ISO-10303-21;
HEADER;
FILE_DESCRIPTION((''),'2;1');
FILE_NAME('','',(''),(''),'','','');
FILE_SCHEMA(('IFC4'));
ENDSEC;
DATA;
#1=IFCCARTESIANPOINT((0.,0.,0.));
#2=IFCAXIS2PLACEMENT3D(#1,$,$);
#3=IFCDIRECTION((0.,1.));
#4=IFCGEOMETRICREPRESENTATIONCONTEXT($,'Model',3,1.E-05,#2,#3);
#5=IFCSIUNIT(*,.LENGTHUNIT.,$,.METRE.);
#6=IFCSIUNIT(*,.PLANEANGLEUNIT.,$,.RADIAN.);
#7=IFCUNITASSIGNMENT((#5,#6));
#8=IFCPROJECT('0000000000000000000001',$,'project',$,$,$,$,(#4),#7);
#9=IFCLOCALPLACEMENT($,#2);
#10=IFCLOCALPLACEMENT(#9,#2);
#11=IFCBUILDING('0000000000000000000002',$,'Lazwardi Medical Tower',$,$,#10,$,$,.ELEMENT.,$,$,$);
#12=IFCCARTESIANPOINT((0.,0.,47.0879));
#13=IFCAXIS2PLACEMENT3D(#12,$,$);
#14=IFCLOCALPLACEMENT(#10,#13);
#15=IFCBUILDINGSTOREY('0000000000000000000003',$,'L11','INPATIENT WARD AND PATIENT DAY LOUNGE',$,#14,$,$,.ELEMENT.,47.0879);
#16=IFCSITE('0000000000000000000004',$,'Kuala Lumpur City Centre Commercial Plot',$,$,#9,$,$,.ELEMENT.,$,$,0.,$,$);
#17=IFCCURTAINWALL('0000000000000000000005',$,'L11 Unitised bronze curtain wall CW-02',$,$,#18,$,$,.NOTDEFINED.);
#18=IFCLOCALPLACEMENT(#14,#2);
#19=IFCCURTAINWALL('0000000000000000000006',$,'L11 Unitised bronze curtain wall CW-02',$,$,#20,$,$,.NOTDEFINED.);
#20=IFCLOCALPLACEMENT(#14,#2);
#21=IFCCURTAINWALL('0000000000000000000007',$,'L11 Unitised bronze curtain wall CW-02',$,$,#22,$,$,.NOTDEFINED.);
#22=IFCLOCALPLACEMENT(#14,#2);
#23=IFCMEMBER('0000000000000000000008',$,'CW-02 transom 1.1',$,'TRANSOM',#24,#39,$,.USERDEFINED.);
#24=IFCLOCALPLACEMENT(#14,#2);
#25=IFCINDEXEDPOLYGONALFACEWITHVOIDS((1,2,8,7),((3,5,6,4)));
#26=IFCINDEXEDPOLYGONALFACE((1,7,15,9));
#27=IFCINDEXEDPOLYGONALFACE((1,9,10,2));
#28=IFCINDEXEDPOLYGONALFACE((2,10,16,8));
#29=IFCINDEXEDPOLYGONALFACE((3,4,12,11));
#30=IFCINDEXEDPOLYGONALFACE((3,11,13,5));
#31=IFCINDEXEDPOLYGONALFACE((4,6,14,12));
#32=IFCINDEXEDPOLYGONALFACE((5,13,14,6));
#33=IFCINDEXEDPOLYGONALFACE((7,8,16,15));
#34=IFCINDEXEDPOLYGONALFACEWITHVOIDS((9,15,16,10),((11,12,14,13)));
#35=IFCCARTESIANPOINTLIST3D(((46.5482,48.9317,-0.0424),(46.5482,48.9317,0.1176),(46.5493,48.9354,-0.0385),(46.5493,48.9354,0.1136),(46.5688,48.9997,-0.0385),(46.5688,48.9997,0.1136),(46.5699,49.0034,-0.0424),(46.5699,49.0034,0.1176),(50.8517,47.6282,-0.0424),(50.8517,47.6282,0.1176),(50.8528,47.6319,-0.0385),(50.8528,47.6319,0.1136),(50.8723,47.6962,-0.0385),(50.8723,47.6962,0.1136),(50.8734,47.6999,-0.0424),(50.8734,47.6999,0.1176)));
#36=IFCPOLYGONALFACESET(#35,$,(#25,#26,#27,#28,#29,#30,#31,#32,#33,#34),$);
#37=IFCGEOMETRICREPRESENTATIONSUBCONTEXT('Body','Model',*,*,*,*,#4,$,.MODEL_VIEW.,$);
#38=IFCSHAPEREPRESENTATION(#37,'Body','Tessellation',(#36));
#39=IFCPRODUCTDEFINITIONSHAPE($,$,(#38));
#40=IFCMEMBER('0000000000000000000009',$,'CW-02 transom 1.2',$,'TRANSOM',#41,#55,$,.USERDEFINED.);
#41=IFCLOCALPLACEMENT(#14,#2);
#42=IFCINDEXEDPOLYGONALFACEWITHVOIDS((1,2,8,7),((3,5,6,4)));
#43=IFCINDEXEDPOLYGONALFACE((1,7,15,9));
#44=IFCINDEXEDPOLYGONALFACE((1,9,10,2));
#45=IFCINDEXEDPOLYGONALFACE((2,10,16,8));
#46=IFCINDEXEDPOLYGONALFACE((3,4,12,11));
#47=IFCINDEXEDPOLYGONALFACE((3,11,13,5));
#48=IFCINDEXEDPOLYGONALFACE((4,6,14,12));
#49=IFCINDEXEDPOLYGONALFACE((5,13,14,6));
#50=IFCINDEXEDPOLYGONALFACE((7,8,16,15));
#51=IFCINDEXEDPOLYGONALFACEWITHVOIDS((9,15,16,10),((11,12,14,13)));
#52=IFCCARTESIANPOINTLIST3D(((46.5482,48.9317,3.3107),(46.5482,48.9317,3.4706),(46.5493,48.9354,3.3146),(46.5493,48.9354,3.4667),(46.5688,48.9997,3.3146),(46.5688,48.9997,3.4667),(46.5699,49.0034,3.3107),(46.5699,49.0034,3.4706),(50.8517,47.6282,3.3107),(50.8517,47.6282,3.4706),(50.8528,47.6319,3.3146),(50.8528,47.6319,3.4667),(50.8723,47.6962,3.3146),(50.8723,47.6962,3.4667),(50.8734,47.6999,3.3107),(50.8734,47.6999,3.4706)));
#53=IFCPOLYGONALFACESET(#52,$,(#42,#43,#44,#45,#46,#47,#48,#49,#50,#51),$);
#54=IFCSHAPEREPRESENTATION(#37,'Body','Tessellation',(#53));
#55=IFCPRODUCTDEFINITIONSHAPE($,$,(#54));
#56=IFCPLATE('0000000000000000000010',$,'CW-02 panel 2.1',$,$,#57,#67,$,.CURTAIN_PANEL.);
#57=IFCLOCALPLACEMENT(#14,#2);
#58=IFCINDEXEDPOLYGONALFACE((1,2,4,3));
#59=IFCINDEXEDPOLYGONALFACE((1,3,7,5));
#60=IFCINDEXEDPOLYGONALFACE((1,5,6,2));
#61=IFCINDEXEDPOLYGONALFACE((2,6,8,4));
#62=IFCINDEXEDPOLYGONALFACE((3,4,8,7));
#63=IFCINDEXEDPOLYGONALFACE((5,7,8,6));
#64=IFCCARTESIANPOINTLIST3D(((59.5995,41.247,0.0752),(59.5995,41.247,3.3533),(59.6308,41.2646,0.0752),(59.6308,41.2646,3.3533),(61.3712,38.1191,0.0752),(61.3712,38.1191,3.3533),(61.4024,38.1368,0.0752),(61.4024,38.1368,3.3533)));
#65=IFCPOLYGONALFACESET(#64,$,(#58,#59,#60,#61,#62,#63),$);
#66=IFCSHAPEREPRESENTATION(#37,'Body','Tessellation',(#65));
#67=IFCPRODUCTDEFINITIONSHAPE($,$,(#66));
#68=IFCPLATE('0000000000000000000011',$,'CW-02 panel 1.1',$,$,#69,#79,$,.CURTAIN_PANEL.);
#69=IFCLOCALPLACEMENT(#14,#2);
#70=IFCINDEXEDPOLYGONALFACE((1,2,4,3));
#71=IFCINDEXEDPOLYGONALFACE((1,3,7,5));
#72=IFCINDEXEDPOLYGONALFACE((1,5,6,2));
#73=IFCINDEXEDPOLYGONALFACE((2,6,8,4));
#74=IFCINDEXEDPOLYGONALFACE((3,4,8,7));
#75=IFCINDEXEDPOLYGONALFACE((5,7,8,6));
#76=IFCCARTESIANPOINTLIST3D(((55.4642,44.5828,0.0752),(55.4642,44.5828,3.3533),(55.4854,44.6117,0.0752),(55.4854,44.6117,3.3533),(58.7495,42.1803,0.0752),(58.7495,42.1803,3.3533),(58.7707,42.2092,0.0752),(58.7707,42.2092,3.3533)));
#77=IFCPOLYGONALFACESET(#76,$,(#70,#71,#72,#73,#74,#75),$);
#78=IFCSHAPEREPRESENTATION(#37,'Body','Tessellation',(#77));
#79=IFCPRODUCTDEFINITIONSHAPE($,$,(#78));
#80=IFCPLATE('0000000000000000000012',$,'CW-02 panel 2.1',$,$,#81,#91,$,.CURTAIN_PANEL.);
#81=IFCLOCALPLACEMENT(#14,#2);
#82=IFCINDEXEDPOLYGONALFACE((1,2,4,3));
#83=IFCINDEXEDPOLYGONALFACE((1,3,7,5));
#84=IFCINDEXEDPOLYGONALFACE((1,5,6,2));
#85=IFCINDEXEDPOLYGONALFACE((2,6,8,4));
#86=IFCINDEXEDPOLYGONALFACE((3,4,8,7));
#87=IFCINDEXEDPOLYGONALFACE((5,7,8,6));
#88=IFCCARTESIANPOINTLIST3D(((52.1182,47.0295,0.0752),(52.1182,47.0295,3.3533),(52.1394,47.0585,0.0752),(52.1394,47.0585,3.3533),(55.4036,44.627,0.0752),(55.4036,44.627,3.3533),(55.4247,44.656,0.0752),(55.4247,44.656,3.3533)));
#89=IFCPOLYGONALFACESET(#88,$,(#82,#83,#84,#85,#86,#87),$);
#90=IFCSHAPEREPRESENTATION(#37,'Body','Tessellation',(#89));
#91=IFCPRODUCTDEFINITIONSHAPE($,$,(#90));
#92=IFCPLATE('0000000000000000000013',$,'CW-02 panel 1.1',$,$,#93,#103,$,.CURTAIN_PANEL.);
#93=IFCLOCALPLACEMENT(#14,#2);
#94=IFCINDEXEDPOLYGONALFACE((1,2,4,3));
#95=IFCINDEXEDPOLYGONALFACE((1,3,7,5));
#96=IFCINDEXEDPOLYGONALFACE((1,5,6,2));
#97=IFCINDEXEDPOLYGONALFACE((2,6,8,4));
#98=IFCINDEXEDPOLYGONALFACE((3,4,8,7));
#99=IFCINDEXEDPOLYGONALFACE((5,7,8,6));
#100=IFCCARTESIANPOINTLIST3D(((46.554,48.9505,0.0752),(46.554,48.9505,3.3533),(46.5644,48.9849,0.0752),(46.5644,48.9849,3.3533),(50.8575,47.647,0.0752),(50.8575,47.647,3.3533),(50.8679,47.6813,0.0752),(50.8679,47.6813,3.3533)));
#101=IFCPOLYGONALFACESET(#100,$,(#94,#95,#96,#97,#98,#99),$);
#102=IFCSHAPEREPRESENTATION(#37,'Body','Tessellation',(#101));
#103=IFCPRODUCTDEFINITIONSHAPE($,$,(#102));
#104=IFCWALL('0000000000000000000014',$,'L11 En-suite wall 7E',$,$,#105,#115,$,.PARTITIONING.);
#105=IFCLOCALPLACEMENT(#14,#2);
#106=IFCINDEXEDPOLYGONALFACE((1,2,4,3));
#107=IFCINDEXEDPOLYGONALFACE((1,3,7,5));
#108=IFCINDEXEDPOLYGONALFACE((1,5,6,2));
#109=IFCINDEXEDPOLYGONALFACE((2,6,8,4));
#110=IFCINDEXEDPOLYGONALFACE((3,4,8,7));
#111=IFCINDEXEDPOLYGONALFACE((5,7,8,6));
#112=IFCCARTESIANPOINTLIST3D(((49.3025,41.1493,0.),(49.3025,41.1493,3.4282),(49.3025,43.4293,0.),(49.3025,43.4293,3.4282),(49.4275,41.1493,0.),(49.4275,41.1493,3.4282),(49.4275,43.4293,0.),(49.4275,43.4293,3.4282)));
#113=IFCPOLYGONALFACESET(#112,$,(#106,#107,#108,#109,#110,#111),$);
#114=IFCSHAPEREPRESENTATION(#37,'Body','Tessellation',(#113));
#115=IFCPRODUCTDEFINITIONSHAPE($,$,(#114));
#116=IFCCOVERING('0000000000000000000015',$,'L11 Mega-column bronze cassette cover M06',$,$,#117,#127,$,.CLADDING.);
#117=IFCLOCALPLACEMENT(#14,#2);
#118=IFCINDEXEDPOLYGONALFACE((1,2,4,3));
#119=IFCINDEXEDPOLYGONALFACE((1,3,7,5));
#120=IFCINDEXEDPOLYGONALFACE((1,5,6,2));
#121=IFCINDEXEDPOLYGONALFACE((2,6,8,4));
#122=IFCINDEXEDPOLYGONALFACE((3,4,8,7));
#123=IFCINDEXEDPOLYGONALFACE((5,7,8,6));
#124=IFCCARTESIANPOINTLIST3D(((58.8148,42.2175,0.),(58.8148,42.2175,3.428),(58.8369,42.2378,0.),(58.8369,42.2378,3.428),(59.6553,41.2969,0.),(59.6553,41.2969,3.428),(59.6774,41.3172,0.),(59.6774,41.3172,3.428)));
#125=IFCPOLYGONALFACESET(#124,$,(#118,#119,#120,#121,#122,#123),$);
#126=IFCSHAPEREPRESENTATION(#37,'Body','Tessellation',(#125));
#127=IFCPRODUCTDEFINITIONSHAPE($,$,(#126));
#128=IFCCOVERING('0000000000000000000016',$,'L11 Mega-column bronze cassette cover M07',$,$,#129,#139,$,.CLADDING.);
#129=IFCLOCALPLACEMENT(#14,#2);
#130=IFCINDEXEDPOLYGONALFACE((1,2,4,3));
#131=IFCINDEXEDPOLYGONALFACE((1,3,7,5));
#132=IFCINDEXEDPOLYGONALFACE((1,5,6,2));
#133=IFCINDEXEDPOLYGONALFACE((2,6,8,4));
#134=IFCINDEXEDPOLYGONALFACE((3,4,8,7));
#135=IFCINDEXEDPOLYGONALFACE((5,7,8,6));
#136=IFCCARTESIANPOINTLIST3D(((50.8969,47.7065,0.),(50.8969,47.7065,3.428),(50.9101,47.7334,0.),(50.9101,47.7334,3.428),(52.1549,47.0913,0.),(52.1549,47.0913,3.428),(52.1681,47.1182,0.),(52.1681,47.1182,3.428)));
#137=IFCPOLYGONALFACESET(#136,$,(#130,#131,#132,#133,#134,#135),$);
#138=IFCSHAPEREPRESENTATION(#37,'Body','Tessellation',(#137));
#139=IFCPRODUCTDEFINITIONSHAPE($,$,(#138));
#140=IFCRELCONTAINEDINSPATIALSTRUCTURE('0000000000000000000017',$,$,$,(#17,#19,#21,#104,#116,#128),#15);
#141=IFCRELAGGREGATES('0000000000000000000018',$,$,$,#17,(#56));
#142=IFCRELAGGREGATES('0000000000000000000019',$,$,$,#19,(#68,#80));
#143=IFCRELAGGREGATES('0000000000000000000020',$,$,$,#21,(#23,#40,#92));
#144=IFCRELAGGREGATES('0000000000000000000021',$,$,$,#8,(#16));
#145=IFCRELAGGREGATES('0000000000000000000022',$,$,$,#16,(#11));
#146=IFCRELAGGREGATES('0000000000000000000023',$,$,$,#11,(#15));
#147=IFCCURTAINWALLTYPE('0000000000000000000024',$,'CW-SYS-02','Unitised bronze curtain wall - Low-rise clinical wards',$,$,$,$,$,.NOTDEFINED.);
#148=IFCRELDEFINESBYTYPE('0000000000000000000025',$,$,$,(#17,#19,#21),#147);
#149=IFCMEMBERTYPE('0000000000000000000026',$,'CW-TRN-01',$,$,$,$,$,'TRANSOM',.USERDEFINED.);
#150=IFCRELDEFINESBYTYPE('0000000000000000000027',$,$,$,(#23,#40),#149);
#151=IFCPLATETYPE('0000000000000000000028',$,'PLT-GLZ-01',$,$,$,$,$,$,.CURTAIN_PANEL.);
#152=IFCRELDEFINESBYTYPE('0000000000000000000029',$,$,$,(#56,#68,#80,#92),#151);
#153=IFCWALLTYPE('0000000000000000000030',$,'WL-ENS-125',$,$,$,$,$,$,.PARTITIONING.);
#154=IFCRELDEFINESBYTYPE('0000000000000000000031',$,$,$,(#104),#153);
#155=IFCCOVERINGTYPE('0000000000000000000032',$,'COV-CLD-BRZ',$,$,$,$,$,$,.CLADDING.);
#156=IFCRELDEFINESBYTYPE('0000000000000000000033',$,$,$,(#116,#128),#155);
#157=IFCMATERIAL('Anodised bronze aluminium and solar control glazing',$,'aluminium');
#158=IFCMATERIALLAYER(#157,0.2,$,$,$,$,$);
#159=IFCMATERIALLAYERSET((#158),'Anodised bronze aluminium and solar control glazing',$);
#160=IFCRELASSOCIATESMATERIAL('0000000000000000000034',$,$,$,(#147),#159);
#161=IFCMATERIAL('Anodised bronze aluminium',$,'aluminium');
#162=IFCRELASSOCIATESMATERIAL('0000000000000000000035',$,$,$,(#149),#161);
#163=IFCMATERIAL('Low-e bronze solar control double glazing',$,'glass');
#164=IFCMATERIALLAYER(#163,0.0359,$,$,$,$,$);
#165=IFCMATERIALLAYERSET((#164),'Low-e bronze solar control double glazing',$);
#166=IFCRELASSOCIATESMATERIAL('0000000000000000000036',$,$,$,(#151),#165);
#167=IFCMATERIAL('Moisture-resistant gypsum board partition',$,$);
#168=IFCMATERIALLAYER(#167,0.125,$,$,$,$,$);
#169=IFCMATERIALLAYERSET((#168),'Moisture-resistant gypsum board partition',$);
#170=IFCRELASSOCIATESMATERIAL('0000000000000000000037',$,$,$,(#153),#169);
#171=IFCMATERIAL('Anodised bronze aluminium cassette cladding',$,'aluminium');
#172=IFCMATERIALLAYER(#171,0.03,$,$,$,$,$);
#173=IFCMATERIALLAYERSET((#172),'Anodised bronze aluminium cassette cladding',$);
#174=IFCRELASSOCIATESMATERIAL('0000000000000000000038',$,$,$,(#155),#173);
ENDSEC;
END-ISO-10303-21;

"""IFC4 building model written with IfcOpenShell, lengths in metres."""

from ifc_helpers import new_model, si_unit, direction, frame, frame_2d, origin, origin_2d, place, context, subcontext, project, spatial, rectangle, hollow_rectangle, extrude, material, layer, layer_set, material_profile, profile_set, type_object, element, aggregate, save


model = new_model("IFC4")

# Units and contexts
model_context = context("Model", 3, precision=1e-05, world=origin(), true_north=direction((0.0, 1.0)))
body_context = subcontext(model_context, "Body", "Model", "MODEL_VIEW")
ifc_project = project(units=[si_unit("LENGTHUNIT", "METRE"), si_unit("PLANEANGLEUNIT", "RADIAN")], contexts=[model_context])

# Site, building, storey
site_placement = place(None, origin())
site = spatial("IfcSite", under=ifc_project, at=site_placement, Name="Kuala Lumpur City Centre Commercial Plot", CompositionType="ELEMENT", RefElevation=0.0)
building_placement = place(site_placement, origin())
building = spatial("IfcBuilding", under=site, at=building_placement, Name="Lazwardi Medical Tower", CompositionType="ELEMENT")
storey_placement = place(building_placement, frame((0.0, 0.0, 47.0879)))
storey = spatial("IfcBuildingStorey", under=building, at=storey_placement, Name="L11", Description="INPATIENT WARD AND PATIENT DAY LOUNGE", CompositionType="ELEMENT", Elevation=47.0879)

# Curtain wall
ifc_material_1 = material(Name="Anodised bronze aluminium and solar control glazing", Category="aluminium")
ifc_layer_1 = layer(ifc_material_1, 0.2)
ifc_layer_set_1 = layer_set([ifc_layer_1], Name="Anodised bronze aluminium and solar control glazing")
curtain_wall_type = type_object("IfcCurtainWallType", Name="CW-SYS-02", Description="Unitised bronze curtain wall - Low-rise clinical wards", PredefinedType="NOTDEFINED", material=ifc_layer_set_1)
curtain_wall_1_placement = place(storey_placement, origin())
curtain_wall_1 = element("IfcCurtainWall", 1, at=curtain_wall_1_placement, inside=storey, type_object=curtain_wall_type, Name="L11 Unitised bronze curtain wall CW-02", PredefinedType="NOTDEFINED")
ifc_material_2 = material(Name="Anodised bronze aluminium", Category="aluminium")

# Curtain wall
curtain_wall_2_placement = place(storey_placement, origin())
curtain_wall_2 = element("IfcCurtainWall", 2, at=curtain_wall_2_placement, inside=storey, type_object=curtain_wall_type, Name="L11 Unitised bronze curtain wall CW-02", PredefinedType="NOTDEFINED")

# Curtain wall
curtain_wall_3_placement = place(storey_placement, origin())
curtain_wall_3 = element("IfcCurtainWall", 3, at=curtain_wall_3_placement, inside=storey, type_object=curtain_wall_type, Name="L11 Unitised bronze curtain wall CW-02", PredefinedType="NOTDEFINED")

# Members
ifc_material_profile_1 = material_profile(ifc_material_2, hollow_rectangle(XDim=0.075, YDim=0.1599, WallThickness=0.0039, at=origin_2d()), Name="ALU-TRANSOM 160x75x4")
ifc_profile_set_1 = profile_set([ifc_material_profile_1], Name="Anodised bronze aluminium")
member_type_1 = type_object("IfcMemberType", Name="CW-TRN-01", ElementType="TRANSOM", PredefinedType="USERDEFINED", material=ifc_profile_set_1)
member_1_placement = place(storey_placement, frame((50.8625, 47.6641, 0.0376), z_axis=(-0.957062, 0.289882, 0.0), x_axis=(-0.289882, -0.957062, 0.0)))
member_1 = element("IfcMember", 4, at=member_1_placement, type_object=member_type_1, Name="CW-02 transom 1.1", ObjectType="TRANSOM", PredefinedType="USERDEFINED", context=body_context, shape_type="SweptSolid", body=[
    extrude(hollow_rectangle(XDim=0.075, YDim=0.1599, WallThickness=0.0039, at=origin_2d()), origin(), (0.0, 0.0, 1.0), 4.4966),
])
member_2_placement = place(storey_placement, frame((50.8625, 47.6641, 3.3906), z_axis=(-0.957062, 0.289882, 0.0), x_axis=(-0.289882, -0.957062, 0.0)))
member_2 = element("IfcMember", 5, at=member_2_placement, type_object=member_type_1, Name="CW-02 transom 1.2", ObjectType="TRANSOM", PredefinedType="USERDEFINED", context=body_context, shape_type="SweptSolid", body=[
    extrude(hollow_rectangle(XDim=0.075, YDim=0.1599, WallThickness=0.0039, at=origin_2d()), origin(), (0.0, 0.0, 1.0), 4.4966),
])

# Plates
ifc_material_3 = material(Name="Low-e bronze solar control double glazing", Category="glass")
ifc_layer_2 = layer(ifc_material_3, 0.0359)
ifc_layer_set_2 = layer_set([ifc_layer_2], Name="Low-e bronze solar control double glazing")
plate_type = type_object("IfcPlateType", Name="PLT-GLZ-01", PredefinedType="CURTAIN_PANEL", material=ifc_layer_set_2)
plate_1_placement = place(storey_placement, frame((60.501, 39.6919, 0.0752), z_axis=(0.0, 0.0, 1.0), x_axis=(-0.492854, 0.870112, 0.0)))
plate_1 = element("IfcPlate", 6, at=plate_1_placement, type_object=plate_type, Name="CW-02 panel 2.1", PredefinedType="CURTAIN_PANEL", context=body_context, shape_type="SweptSolid", body=[
    extrude(rectangle(XDim=3.5947, YDim=0.0359, at=origin_2d()), origin(), (0.0, 0.0, 1.0), 3.2781),
])
aggregate(curtain_wall_1, [plate_1])
plate_2_placement = place(storey_placement, frame((57.1174, 43.396, 0.0752), z_axis=(0.0, 0.0, 1.0), x_axis=(-0.807192, 0.590289, 0.0)))
plate_2 = element("IfcPlate", 7, at=plate_2_placement, type_object=plate_type, Name="CW-02 panel 1.1", PredefinedType="CURTAIN_PANEL", context=body_context, shape_type="SweptSolid", body=[
    extrude(rectangle(XDim=4.0701, YDim=0.0359, at=origin_2d()), origin(), (0.0, 0.0, 1.0), 3.2781),
])
plate_3_placement = place(storey_placement, frame((53.7715, 45.8428, 0.0752), z_axis=(0.0, 0.0, 1.0), x_axis=(-0.807192, 0.590289, 0.0)))
plate_3 = element("IfcPlate", 8, at=plate_3_placement, type_object=plate_type, Name="CW-02 panel 2.1", PredefinedType="CURTAIN_PANEL", context=body_context, shape_type="SweptSolid", body=[
    extrude(rectangle(XDim=4.0701, YDim=0.0359, at=origin_2d()), origin(), (0.0, 0.0, 1.0), 3.2781),
])
aggregate(curtain_wall_2, [plate_2, plate_3])
plate_4_placement = place(storey_placement, frame((48.7109, 48.3159, 0.0752), z_axis=(0.0, 0.0, 1.0), x_axis=(-0.957058, 0.289896, 0.0)))
plate_4 = element("IfcPlate", 9, at=plate_4_placement, type_object=plate_type, Name="CW-02 panel 1.1", PredefinedType="CURTAIN_PANEL", context=body_context, shape_type="SweptSolid", body=[
    extrude(rectangle(XDim=4.4966, YDim=0.0359, at=origin_2d()), origin(), (0.0, 0.0, 1.0), 3.2781),
])
aggregate(curtain_wall_3, [member_1, member_2, plate_4])

# Wall
ifc_material_4 = material(Name="Moisture-resistant gypsum board partition")
ifc_layer_3 = layer(ifc_material_4, 0.125)
ifc_layer_set_3 = layer_set([ifc_layer_3], Name="Moisture-resistant gypsum board partition")
wall_type = type_object("IfcWallType", Name="WL-ENS-125", PredefinedType="PARTITIONING", material=ifc_layer_set_3)
wall_placement = place(storey_placement, frame((49.365, 41.1492, 0.0), z_axis=(0.0, 0.0, 1.0), x_axis=(0.0, 1.0, 0.0)))
element("IfcWall", 10, at=wall_placement, inside=storey, type_object=wall_type, Name="L11 En-suite wall 7E", PredefinedType="PARTITIONING", context=body_context, shape_type="SweptSolid", body=[
    extrude(rectangle(XDim=2.28, YDim=0.125, at=frame_2d((1.1401, 0.0))), origin(), (0.0, 0.0, 1.0), 3.4282),
])

# Coverings
ifc_material_5 = material(Name="Anodised bronze aluminium cassette cladding", Category="aluminium")
ifc_layer_4 = layer(ifc_material_5, 0.03)
ifc_layer_set_4 = layer_set([ifc_layer_4], Name="Anodised bronze aluminium cassette cladding")
covering_type = type_object("IfcCoveringType", Name="COV-CLD-BRZ", PredefinedType="CLADDING", material=ifc_layer_set_4)
covering_1_placement = place(storey_placement, frame((59.2461, 41.7673, 0.0), z_axis=(0.0, 0.0, 1.0), x_axis=(-0.674252, 0.738501, 0.0)))
element("IfcCovering", 11, at=covering_1_placement, inside=storey, type_object=covering_type, Name="L11 Mega-column bronze cassette cover M06", PredefinedType="CLADDING", context=body_context, shape_type="SweptSolid", body=[
    extrude(rectangle(XDim=1.2466, YDim=0.03, at=origin_2d()), origin(), (0.0, 0.0, 1.0), 3.428),
])
covering_2_placement = place(storey_placement, frame((51.5325, 47.4124, 0.0), z_axis=(0.0, 0.0, 1.0), x_axis=(-0.898334, 0.439312, 0.0)))
element("IfcCovering", 12, at=covering_2_placement, inside=storey, type_object=covering_type, Name="L11 Mega-column bronze cassette cover M07", PredefinedType="CLADDING", context=body_context, shape_type="SweptSolid", body=[
    extrude(rectangle(XDim=1.4004, YDim=0.03, at=origin_2d()), origin(), (0.0, 0.0, 1.0), 3.428),
])

save(model, "model.ifc")
